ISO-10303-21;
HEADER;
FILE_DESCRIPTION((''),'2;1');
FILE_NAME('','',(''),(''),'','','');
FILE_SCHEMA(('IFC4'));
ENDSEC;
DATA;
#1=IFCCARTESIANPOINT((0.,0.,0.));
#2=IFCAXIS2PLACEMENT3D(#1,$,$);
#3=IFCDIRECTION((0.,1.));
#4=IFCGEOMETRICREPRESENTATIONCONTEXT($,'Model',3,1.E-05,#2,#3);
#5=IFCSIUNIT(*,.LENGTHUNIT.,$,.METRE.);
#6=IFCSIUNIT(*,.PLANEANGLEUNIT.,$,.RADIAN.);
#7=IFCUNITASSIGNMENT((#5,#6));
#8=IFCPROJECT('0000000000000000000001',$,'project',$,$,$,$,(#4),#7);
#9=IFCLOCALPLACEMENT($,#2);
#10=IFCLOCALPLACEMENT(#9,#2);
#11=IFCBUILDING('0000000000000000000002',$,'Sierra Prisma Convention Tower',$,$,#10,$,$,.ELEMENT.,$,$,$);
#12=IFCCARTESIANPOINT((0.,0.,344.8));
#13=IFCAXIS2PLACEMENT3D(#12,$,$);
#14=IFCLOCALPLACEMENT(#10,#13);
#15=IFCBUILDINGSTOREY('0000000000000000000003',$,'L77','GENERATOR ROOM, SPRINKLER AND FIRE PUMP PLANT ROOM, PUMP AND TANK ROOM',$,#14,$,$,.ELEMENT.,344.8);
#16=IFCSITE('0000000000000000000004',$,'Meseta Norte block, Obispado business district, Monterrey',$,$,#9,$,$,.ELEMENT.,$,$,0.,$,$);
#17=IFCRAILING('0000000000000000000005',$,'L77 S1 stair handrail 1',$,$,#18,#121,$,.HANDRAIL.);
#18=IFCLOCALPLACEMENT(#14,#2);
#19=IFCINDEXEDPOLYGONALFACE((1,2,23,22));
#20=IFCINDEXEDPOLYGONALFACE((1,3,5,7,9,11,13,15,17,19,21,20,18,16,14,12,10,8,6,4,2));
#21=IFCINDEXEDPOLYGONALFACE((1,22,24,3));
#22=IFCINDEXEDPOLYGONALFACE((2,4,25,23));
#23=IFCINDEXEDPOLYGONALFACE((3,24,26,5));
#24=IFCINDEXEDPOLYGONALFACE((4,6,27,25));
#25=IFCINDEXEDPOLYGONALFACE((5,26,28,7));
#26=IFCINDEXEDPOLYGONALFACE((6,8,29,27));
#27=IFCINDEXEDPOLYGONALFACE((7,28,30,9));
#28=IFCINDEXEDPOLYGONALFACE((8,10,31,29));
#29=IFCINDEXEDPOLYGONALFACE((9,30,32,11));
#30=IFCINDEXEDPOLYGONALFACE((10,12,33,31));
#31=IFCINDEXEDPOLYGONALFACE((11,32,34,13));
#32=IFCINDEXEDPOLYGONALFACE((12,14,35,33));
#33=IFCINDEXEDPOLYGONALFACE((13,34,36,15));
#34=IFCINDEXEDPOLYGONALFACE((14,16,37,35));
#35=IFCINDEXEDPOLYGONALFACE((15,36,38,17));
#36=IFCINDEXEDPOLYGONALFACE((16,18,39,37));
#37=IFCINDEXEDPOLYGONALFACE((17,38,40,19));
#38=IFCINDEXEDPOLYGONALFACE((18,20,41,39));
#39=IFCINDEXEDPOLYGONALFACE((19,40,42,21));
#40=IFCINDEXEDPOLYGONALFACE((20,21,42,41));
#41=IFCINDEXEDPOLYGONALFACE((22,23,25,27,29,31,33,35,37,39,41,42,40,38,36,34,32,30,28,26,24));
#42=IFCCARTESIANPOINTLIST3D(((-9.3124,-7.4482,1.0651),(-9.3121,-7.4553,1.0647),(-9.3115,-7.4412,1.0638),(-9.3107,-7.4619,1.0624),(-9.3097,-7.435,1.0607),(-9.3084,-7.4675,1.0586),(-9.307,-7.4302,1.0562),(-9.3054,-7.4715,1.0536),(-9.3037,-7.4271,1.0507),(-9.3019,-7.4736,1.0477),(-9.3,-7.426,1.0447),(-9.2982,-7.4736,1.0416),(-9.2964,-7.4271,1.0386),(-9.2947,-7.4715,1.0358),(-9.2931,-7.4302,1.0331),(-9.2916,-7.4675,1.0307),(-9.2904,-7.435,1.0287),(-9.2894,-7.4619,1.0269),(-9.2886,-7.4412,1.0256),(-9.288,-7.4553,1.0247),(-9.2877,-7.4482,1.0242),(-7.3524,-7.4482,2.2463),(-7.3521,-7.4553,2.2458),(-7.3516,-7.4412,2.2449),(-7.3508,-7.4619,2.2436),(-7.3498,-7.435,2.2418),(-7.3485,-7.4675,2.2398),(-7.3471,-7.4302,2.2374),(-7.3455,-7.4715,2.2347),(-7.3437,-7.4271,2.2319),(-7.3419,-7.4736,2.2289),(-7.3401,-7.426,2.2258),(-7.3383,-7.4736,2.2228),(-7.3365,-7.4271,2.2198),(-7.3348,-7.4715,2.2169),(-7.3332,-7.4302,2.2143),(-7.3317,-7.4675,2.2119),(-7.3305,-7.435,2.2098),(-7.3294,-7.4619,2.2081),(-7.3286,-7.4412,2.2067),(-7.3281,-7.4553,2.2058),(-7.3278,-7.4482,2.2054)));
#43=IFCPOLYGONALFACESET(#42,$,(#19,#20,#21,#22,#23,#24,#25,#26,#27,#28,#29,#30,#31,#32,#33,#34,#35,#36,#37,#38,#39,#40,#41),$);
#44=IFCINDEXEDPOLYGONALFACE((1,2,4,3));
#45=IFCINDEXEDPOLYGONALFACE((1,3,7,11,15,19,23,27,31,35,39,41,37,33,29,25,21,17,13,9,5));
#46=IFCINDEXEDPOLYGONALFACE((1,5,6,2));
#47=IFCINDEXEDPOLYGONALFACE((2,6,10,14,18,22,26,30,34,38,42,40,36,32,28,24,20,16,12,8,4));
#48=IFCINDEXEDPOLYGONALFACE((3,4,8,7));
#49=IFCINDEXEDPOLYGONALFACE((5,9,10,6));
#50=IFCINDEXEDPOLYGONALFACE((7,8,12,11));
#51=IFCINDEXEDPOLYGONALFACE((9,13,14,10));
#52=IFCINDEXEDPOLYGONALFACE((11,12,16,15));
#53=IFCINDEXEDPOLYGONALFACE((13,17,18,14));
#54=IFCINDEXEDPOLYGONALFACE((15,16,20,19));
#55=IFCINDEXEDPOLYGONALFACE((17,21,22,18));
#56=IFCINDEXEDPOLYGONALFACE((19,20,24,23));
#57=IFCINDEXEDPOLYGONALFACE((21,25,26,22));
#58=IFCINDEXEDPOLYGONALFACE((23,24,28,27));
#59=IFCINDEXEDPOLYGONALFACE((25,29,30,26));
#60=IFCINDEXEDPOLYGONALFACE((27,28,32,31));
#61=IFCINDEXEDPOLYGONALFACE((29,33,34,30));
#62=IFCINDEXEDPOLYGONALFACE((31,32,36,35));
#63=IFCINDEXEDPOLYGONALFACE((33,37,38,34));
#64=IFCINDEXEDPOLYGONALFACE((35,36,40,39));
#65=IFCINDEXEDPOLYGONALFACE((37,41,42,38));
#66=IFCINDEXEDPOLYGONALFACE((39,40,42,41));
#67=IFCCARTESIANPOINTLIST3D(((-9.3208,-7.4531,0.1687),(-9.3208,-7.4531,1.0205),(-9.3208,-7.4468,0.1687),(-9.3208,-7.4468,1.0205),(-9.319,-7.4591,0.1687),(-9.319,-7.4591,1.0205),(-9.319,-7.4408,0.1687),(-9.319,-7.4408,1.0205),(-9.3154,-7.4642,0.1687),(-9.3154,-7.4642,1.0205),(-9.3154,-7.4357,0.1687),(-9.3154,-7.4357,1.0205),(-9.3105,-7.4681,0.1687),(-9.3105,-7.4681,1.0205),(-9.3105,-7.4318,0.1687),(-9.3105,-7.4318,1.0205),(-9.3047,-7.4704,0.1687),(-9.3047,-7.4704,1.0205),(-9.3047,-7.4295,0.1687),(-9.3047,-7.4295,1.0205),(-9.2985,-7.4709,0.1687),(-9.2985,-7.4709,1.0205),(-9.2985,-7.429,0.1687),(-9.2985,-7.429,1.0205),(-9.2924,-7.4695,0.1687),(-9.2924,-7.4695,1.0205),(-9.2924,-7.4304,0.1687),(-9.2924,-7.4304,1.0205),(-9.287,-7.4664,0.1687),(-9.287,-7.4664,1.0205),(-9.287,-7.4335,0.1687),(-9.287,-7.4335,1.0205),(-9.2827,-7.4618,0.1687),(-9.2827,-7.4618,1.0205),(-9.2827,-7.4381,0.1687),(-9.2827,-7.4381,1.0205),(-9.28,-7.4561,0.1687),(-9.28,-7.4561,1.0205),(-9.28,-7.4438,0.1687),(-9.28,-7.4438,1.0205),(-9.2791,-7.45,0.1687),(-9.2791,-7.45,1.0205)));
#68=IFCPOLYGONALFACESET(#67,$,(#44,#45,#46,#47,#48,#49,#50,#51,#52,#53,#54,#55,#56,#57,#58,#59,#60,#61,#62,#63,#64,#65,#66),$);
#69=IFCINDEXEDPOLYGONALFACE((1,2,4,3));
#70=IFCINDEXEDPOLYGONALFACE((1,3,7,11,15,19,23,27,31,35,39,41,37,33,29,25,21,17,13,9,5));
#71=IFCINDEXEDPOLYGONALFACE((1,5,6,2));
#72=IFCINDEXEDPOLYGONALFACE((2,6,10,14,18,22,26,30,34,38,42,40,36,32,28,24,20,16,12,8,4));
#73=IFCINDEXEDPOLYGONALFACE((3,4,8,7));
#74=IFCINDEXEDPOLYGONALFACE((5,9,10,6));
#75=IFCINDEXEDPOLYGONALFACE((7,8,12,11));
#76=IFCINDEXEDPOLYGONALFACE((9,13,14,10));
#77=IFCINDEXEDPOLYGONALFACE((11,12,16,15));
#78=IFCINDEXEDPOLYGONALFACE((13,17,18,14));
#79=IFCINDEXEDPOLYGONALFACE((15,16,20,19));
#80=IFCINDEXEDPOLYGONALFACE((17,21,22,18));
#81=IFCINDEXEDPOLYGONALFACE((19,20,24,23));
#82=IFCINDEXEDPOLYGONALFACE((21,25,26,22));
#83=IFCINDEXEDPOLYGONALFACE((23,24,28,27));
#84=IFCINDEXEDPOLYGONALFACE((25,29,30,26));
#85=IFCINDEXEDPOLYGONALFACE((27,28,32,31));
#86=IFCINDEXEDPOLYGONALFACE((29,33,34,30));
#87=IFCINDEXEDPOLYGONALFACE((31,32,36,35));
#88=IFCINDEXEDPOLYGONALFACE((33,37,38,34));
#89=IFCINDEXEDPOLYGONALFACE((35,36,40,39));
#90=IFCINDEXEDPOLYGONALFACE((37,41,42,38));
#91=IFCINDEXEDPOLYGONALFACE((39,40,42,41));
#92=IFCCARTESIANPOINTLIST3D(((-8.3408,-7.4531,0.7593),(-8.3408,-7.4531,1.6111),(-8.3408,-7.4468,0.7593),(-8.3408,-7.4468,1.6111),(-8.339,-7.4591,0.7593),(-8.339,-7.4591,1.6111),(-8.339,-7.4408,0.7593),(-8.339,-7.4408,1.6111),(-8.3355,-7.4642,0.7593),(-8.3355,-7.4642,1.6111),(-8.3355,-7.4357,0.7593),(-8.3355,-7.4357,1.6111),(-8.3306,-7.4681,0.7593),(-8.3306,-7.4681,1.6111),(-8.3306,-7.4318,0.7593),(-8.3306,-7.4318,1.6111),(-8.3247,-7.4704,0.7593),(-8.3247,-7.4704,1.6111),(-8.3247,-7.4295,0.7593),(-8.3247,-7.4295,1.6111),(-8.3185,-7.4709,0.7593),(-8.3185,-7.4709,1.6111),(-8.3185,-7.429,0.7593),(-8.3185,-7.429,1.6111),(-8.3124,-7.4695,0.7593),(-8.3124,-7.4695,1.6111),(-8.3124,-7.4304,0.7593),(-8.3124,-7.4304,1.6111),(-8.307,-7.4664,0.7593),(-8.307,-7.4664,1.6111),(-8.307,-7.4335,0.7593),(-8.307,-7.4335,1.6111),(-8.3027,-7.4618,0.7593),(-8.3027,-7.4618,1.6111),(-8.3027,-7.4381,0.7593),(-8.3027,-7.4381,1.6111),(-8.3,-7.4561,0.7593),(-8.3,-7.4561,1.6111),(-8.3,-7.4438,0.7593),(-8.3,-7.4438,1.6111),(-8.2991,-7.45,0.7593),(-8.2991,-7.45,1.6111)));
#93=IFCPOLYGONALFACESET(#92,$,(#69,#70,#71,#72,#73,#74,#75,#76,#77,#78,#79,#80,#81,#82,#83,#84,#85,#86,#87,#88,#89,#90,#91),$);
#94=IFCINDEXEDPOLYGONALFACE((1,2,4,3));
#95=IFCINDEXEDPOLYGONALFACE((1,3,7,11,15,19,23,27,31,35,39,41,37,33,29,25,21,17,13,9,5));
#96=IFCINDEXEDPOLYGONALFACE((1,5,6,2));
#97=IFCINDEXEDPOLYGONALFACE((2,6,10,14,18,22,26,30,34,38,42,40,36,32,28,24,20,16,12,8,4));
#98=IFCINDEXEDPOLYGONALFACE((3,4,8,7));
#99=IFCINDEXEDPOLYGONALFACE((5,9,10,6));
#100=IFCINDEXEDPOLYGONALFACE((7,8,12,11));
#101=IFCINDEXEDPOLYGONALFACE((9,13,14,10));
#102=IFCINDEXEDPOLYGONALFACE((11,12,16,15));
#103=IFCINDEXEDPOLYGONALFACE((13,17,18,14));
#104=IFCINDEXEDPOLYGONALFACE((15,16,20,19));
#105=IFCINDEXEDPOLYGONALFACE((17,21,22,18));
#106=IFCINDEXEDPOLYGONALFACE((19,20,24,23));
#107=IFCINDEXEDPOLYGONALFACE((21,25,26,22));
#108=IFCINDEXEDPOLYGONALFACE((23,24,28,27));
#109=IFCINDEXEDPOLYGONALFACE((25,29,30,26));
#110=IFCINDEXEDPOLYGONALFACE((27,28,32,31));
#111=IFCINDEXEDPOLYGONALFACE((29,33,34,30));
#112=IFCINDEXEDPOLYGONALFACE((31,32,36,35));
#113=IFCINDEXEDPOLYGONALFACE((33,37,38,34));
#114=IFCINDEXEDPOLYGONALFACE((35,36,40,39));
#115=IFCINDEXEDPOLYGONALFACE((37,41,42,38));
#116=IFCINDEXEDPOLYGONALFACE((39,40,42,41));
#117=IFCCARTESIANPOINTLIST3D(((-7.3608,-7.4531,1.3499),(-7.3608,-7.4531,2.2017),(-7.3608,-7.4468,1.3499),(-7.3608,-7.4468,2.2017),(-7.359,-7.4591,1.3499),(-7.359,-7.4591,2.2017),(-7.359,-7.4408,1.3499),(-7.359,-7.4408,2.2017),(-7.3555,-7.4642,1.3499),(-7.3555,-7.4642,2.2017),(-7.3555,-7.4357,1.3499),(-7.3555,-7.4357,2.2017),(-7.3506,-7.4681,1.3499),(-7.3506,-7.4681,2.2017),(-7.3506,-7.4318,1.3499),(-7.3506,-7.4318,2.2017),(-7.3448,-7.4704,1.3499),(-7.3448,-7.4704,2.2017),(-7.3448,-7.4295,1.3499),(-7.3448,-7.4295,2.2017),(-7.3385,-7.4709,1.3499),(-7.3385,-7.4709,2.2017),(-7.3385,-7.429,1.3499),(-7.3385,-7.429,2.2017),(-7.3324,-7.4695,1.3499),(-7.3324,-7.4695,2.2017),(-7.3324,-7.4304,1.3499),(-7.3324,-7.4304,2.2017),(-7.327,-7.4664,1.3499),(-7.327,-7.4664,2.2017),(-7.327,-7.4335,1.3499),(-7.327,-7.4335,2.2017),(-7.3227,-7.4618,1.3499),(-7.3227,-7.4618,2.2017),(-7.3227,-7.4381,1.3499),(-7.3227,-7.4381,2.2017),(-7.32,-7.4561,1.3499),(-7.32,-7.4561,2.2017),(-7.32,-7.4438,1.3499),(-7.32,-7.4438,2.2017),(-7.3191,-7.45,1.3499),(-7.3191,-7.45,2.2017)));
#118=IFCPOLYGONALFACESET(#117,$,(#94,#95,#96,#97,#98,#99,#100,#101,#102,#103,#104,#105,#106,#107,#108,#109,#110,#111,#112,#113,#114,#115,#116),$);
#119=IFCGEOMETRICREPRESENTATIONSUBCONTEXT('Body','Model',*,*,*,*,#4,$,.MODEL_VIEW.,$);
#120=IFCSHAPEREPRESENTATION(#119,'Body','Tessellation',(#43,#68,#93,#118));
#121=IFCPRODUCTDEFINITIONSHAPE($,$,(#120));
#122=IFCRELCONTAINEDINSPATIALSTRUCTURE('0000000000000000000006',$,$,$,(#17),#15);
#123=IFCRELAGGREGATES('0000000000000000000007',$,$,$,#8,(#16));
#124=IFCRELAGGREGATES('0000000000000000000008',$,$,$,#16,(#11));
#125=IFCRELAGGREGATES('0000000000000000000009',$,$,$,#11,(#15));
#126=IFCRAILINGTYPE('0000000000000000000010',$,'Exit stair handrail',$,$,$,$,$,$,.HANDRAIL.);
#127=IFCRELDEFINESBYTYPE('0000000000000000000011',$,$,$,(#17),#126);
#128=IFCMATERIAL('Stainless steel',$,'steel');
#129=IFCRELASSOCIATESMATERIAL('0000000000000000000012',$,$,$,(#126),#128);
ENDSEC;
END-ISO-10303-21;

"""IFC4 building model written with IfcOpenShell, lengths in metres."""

from ifc_helpers import new_model, si_unit, direction, frame, origin, origin_2d, place, context, subcontext, project, spatial, circle, extrude, material, type_object, element, save


model = new_model("IFC4")

# Units and contexts
model_context = context("Model", 3, precision=1e-05, world=origin(), true_north=direction((0.0, 1.0)))
body_context = subcontext(model_context, "Body", "Model", "MODEL_VIEW")
ifc_project = project(units=[si_unit("LENGTHUNIT", "METRE"), si_unit("PLANEANGLEUNIT", "RADIAN")], contexts=[model_context])

# Site, building, storey
site_placement = place(None, origin())
site = spatial("IfcSite", under=ifc_project, at=site_placement, Name="Meseta Norte block, Obispado business district, Monterrey", CompositionType="ELEMENT", RefElevation=0.0)
building_placement = place(site_placement, origin())
building = spatial("IfcBuilding", under=site, at=building_placement, Name="Sierra Prisma Convention Tower", CompositionType="ELEMENT")
storey_placement = place(building_placement, frame((0.0, 0.0, 344.8)))
storey = spatial("IfcBuildingStorey", under=building, at=storey_placement, Name="L77", Description="GENERATOR ROOM, SPRINKLER AND FIRE PUMP PLANT ROOM, PUMP AND TANK ROOM", CompositionType="ELEMENT", Elevation=344.8)

# Railing
ifc_material_1 = material(Name="Stainless steel", Category="steel")
railing_type = type_object("IfcRailingType", Name="Exit stair handrail", PredefinedType="HANDRAIL", material=ifc_material_1)
railing_1_placement = place(storey_placement, frame((-9.3, -7.45, 0.1687)))
element("IfcRailing", 1, at=railing_1_placement, inside=storey, type_object=railing_type, Name="L77 S1 stair handrail 1", PredefinedType="HANDRAIL", context=body_context, shape_type="SweptSolid", body=[
    extrude(circle(Radius=0.0239, at=origin_2d()), frame((0.0, 0.0, 0.876), z_axis=(0.856493, 0.0, 0.516158), x_axis=(0.0, 1.0, 0.0)), (0.0, 0.0, 1.0), 2.2883),
    extrude(circle(Radius=0.021, at=origin_2d()), origin(), (0.0, 0.0, 1.0), 0.8518),
    extrude(circle(Radius=0.021, at=origin_2d()), frame((0.98, 0.0, 0.5906)), (0.0, 0.0, 1.0), 0.8518),
    extrude(circle(Radius=0.021, at=origin_2d()), frame((1.96, 0.0, 1.1812)), (0.0, 0.0, 1.0), 0.8518),
])

save(model, "model.ifc")
